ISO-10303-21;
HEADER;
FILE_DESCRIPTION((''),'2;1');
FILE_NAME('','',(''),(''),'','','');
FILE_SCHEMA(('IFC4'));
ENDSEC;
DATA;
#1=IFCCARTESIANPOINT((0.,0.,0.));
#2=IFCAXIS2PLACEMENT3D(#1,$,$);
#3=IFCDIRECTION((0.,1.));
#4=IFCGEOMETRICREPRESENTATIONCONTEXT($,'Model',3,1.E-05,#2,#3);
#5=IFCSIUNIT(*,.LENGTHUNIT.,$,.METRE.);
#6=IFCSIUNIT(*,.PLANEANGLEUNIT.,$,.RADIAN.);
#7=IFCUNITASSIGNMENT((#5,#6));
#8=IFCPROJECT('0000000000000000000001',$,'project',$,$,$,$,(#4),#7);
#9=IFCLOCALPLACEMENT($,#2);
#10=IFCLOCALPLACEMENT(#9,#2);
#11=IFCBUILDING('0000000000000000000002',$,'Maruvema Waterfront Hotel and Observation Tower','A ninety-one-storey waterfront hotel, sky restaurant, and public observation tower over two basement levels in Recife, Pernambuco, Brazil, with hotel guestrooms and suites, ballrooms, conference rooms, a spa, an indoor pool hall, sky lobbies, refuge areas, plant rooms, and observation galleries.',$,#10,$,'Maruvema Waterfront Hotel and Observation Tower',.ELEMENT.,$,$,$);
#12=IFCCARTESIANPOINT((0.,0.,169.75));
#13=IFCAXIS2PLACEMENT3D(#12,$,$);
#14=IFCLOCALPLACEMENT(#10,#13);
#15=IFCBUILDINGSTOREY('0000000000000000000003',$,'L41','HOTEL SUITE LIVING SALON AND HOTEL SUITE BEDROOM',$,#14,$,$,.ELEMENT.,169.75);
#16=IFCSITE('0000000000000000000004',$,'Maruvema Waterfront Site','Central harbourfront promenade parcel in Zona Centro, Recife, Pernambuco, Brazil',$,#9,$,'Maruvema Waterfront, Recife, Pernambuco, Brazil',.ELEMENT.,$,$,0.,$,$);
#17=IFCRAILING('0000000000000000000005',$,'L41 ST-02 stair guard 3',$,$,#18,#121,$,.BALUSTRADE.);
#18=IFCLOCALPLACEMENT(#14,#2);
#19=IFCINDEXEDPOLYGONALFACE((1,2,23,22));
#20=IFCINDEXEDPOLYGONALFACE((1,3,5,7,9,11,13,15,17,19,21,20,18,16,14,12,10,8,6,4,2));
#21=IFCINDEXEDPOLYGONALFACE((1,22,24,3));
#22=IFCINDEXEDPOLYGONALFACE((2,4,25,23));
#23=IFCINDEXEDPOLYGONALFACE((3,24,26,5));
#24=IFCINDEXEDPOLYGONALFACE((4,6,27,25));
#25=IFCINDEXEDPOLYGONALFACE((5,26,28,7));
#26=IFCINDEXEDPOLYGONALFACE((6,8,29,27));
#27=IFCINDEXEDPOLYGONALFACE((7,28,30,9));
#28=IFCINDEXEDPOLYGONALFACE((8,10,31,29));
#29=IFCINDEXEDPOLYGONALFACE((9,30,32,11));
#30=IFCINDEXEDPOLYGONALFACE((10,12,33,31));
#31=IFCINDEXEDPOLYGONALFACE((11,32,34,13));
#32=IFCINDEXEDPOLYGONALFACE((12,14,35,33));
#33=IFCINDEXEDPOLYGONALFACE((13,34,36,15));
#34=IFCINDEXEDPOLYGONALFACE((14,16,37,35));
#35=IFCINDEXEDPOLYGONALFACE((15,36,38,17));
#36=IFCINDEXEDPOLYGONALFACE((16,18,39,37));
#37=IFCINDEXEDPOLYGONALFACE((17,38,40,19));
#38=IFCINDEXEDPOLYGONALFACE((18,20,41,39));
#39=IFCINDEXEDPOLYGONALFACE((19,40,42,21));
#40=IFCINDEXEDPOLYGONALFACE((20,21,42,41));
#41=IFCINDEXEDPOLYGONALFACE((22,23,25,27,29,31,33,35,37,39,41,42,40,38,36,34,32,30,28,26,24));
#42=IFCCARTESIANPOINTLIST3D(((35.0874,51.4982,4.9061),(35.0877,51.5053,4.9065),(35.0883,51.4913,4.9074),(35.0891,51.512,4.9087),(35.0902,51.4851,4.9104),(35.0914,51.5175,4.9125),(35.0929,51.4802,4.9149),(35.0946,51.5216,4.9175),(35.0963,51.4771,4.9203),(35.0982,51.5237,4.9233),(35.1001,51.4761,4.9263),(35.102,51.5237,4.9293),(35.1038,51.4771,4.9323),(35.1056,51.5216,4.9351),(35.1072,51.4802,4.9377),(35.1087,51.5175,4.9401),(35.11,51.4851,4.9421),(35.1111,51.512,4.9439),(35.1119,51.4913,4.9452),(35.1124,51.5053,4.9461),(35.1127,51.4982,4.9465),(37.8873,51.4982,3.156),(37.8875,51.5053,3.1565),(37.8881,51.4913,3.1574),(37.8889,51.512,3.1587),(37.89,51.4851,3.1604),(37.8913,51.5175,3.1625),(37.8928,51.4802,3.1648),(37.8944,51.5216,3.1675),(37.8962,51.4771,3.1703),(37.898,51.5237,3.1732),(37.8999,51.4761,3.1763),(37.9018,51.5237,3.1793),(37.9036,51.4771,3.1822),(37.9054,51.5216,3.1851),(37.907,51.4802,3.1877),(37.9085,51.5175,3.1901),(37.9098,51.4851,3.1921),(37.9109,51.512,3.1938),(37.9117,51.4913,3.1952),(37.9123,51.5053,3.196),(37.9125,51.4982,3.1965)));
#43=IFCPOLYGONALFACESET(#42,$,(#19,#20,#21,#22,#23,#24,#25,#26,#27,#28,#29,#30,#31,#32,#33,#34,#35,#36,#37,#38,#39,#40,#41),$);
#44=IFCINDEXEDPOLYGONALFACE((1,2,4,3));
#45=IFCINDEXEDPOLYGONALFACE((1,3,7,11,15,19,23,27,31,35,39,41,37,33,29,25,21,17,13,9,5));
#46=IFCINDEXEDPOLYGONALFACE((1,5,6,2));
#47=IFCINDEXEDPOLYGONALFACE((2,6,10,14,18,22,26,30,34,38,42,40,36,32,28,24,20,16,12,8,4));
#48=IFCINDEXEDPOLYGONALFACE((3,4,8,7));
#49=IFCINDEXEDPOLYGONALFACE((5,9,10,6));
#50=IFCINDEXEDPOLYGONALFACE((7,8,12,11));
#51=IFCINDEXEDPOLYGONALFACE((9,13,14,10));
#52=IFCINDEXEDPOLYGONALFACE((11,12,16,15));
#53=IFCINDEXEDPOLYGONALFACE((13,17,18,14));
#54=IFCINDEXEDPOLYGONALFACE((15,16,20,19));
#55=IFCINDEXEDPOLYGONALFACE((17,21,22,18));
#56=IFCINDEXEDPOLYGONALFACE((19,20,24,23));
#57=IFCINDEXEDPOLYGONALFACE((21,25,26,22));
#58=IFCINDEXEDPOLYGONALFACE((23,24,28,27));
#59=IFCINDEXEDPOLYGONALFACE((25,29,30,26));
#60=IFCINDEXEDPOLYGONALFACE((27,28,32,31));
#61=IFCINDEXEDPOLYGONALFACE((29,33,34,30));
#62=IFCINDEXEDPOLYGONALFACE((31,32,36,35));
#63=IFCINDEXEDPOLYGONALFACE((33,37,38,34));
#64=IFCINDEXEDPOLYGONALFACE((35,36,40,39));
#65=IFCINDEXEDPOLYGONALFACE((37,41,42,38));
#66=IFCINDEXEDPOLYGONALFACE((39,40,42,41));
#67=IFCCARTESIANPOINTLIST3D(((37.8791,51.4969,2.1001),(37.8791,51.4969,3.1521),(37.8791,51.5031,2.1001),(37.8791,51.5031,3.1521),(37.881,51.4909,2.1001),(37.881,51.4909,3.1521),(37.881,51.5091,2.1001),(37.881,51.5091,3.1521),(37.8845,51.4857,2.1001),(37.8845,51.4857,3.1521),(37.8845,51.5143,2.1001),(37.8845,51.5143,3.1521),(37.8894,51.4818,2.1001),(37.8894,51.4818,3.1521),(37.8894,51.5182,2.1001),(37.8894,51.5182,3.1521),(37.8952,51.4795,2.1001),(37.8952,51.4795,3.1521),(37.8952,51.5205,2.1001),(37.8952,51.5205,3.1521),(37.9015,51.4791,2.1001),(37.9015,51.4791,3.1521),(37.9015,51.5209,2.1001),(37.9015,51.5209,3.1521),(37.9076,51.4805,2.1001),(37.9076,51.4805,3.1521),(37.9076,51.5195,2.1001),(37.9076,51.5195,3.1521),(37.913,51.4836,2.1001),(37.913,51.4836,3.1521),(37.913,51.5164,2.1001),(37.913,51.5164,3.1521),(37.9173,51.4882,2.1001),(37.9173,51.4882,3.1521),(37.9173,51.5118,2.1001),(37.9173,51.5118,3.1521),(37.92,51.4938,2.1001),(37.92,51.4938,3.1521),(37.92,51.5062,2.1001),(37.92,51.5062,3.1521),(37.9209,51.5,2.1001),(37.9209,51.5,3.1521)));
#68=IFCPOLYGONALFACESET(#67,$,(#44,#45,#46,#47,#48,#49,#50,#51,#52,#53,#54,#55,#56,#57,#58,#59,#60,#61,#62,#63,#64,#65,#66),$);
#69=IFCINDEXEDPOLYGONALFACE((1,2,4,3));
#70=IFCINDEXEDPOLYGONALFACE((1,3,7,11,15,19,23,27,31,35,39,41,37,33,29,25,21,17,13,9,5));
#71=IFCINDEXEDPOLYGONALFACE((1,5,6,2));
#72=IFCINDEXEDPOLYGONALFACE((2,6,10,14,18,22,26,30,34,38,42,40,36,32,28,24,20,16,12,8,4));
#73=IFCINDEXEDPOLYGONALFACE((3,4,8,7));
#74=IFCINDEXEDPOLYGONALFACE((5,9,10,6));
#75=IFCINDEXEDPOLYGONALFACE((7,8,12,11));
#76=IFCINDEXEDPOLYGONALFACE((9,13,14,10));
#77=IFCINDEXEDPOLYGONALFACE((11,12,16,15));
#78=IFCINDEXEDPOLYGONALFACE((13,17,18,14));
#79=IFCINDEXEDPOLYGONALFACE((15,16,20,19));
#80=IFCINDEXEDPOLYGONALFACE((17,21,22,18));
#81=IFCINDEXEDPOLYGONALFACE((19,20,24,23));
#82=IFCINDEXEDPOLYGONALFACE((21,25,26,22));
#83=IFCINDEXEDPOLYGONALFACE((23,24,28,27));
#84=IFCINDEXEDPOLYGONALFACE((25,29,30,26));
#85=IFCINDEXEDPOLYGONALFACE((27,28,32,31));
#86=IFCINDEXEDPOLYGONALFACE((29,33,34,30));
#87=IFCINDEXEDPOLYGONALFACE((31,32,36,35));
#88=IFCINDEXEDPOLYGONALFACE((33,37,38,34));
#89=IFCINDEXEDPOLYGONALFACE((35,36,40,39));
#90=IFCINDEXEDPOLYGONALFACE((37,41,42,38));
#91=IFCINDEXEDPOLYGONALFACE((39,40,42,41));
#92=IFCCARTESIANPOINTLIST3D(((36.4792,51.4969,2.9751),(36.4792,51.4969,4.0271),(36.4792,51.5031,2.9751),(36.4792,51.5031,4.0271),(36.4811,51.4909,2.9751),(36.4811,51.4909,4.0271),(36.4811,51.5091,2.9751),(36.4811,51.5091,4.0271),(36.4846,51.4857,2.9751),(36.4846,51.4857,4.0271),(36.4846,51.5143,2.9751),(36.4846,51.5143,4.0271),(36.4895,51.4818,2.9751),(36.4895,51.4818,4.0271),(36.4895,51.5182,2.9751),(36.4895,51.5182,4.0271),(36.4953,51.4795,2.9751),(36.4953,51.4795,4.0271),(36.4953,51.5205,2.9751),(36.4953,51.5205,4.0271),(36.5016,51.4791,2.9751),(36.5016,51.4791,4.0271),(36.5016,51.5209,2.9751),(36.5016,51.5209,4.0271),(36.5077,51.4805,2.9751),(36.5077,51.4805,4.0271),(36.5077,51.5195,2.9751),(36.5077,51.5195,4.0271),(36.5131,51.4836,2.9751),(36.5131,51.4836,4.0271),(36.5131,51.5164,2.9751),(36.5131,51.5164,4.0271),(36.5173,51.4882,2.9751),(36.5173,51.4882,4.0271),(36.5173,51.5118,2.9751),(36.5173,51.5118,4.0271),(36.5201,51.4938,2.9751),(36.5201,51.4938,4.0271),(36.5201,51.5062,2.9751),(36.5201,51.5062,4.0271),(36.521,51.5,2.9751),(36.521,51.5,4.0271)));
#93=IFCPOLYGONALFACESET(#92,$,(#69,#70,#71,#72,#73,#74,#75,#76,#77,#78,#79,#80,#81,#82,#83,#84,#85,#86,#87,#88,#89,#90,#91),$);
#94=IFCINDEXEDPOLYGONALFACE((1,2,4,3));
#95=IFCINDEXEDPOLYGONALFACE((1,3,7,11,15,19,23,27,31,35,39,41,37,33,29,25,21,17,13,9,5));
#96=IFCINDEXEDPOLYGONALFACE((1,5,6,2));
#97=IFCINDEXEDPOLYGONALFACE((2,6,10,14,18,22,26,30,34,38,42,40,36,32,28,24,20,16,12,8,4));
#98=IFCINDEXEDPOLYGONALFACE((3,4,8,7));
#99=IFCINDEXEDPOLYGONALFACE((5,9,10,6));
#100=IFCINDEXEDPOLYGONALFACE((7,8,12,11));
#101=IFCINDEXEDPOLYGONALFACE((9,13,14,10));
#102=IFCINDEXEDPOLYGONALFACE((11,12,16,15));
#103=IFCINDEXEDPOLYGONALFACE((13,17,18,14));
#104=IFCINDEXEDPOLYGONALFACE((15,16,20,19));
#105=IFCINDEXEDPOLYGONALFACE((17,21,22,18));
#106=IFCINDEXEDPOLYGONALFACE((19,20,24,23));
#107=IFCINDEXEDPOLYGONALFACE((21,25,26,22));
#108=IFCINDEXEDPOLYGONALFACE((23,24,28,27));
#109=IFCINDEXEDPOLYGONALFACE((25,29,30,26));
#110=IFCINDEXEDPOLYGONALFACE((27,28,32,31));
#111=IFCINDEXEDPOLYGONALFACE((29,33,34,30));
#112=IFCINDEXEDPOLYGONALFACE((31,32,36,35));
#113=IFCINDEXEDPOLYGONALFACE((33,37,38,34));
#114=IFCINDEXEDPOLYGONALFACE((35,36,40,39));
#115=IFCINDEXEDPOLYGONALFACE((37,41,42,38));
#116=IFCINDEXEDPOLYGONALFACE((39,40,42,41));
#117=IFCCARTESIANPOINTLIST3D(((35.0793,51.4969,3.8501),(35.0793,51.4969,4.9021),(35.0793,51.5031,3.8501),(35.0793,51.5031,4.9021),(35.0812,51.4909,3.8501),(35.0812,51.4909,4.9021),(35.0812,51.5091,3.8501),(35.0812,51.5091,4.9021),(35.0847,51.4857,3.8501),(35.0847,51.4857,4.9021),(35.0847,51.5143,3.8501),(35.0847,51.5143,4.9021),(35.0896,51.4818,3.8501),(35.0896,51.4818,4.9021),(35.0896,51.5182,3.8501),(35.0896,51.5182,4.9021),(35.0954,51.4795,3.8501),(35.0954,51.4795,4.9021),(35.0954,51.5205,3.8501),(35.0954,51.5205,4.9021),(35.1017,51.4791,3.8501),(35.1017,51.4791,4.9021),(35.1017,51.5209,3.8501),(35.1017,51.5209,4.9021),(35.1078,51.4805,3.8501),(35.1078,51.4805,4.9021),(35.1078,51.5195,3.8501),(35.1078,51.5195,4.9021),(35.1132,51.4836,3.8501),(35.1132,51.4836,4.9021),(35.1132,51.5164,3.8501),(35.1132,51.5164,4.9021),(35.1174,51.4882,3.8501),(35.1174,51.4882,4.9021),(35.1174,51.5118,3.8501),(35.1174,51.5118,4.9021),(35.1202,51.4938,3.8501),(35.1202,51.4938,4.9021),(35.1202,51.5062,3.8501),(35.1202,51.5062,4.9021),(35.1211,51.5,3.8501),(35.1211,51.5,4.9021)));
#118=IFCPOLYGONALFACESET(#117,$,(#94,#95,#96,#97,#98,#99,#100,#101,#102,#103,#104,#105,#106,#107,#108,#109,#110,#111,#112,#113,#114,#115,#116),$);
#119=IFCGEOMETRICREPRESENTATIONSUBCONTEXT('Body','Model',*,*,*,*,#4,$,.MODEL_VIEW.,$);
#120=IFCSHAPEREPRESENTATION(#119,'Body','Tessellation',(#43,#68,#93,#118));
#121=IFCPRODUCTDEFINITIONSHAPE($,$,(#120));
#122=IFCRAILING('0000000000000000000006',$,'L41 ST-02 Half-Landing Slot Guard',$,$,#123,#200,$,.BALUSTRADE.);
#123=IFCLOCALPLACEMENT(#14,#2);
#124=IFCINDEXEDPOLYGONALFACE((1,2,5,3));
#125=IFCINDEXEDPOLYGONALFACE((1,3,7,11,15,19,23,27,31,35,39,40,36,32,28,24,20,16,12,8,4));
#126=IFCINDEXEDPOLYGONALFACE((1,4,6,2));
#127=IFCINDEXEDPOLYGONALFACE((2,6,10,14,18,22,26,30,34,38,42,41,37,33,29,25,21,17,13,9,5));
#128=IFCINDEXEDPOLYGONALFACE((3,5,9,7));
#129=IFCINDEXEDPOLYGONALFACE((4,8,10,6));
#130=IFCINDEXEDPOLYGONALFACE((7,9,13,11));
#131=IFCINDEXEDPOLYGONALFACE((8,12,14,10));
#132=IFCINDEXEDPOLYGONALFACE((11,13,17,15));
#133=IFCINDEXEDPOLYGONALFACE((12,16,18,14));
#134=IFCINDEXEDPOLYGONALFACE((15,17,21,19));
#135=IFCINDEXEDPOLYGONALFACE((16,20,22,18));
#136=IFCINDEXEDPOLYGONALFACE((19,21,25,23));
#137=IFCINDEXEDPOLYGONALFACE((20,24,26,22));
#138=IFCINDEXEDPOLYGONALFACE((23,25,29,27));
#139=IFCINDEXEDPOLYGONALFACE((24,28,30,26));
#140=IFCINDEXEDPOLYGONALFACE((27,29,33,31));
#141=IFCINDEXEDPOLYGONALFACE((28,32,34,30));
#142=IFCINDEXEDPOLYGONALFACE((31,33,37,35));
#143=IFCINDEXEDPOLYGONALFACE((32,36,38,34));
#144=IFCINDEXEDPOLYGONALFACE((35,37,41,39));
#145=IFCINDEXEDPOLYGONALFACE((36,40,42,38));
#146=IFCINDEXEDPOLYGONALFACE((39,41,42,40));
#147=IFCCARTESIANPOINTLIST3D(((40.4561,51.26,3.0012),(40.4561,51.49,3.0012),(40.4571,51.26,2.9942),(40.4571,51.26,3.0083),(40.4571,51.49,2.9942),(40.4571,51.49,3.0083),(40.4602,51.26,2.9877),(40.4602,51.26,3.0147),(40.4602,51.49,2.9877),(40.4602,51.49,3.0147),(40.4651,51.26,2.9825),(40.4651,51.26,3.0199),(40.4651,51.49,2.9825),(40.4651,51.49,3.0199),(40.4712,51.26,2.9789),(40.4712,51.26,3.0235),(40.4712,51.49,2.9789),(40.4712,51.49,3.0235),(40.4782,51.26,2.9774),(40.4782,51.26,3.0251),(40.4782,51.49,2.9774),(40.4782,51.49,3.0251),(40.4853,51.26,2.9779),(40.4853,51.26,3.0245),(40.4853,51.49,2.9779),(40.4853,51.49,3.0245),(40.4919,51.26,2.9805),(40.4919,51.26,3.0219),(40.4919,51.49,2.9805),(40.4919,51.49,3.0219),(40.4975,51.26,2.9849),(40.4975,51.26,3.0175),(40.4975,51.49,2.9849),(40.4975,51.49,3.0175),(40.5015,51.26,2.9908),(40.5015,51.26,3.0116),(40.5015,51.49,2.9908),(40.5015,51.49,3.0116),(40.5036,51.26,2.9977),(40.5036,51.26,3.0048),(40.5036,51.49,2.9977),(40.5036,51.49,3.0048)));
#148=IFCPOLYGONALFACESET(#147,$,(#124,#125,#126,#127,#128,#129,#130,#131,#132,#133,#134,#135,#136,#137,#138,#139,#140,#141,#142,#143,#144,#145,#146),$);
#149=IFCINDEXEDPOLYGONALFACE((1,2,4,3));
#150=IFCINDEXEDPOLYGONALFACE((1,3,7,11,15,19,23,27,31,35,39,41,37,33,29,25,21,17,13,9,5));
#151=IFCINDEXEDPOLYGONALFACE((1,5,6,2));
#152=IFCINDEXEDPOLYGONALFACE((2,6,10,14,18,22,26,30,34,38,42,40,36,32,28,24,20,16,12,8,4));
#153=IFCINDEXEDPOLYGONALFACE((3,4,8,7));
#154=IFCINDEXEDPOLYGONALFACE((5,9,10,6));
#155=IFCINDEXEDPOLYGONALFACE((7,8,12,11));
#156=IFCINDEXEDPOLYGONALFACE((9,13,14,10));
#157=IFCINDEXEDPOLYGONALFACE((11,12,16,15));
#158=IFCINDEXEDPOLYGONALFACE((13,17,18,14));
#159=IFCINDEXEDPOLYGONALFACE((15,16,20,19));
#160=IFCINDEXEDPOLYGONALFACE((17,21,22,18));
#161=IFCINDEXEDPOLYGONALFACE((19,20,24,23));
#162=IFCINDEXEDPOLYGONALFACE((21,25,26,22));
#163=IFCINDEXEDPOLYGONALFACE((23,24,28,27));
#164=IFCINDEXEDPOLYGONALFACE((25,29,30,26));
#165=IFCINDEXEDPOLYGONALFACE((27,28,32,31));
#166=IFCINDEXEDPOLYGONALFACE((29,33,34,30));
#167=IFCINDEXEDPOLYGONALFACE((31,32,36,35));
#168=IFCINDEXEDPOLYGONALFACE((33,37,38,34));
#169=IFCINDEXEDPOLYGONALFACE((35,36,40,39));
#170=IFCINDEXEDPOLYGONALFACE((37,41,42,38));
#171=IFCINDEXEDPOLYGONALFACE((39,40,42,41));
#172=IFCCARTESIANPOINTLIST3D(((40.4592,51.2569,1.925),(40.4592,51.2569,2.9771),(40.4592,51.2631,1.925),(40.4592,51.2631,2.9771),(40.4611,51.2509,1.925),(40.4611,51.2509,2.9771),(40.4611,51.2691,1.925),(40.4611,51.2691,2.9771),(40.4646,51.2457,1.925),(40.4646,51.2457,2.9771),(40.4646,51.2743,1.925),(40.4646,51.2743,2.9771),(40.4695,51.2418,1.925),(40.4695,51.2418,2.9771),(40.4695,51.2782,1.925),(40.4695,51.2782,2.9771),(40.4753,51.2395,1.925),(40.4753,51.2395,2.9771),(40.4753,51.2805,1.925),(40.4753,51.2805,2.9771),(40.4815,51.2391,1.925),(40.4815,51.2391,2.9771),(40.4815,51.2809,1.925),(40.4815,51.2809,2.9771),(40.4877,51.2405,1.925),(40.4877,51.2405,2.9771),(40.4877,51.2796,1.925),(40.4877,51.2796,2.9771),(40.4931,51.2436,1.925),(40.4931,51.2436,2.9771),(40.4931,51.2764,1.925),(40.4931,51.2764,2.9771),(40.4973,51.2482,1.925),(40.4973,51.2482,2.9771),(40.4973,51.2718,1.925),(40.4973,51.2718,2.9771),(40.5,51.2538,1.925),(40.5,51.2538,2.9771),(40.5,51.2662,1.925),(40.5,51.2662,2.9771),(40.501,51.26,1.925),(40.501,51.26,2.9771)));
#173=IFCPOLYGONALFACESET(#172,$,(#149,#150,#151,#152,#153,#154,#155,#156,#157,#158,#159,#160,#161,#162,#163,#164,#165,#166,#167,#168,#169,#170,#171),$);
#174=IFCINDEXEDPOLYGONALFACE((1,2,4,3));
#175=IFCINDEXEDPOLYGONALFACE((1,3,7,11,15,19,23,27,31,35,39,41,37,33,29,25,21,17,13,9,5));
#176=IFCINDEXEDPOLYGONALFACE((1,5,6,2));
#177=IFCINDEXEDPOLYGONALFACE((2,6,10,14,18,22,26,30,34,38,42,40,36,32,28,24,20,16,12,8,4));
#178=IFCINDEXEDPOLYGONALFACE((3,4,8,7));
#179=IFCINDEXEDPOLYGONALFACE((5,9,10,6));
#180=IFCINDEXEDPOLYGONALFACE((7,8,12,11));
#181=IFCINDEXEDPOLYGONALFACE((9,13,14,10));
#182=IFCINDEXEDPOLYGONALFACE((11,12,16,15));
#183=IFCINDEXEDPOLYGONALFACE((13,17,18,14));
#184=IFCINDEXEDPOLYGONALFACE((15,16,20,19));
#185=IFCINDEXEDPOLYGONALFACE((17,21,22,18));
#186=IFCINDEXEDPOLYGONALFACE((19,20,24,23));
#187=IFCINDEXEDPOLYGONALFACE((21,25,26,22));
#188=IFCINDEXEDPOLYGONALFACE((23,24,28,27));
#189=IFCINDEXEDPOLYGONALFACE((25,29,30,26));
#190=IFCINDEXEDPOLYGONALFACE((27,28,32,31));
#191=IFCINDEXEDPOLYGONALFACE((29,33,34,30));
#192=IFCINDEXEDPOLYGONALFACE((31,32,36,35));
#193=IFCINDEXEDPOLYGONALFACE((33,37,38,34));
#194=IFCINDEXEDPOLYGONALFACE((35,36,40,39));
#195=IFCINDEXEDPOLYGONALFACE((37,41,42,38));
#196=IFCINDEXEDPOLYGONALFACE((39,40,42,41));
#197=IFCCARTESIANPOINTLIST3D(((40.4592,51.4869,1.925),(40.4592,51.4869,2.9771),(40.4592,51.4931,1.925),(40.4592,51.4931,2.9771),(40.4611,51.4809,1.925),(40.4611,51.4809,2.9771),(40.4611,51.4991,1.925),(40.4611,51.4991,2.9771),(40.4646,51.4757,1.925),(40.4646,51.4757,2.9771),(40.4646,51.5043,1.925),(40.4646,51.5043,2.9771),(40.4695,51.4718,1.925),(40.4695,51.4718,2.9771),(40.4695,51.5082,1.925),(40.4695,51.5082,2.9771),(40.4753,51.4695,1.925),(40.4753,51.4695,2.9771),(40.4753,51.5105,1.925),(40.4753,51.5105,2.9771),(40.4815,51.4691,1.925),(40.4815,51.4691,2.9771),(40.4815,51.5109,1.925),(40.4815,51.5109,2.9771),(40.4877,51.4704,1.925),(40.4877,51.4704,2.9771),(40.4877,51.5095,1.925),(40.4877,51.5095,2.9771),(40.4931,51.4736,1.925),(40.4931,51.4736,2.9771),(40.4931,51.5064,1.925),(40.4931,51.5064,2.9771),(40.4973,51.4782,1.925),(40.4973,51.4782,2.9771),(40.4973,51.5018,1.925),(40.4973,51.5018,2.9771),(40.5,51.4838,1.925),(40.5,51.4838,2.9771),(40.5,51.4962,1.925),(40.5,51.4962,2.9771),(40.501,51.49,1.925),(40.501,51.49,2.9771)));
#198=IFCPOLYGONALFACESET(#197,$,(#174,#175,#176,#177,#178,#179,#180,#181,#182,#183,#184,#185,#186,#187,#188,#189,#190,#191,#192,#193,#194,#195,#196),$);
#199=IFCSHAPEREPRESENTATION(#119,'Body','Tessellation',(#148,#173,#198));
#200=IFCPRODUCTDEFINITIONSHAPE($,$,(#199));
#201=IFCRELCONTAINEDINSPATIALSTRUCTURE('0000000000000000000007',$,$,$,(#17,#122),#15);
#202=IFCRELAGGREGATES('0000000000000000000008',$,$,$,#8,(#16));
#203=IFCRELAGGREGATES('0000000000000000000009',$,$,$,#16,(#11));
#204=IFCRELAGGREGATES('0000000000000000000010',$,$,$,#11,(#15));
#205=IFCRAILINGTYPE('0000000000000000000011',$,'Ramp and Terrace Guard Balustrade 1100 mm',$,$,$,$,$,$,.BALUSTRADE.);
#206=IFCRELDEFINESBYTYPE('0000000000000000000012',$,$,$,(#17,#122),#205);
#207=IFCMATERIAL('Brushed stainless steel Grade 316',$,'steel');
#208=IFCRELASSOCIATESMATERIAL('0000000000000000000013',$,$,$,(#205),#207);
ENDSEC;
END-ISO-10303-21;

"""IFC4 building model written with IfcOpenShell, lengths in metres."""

from ifc_helpers import new_model, si_unit, direction, frame, origin, origin_2d, place, context, subcontext, project, spatial, circle, extrude, material, type_object, element, save


model = new_model("IFC4")

# Units and contexts
model_context = context("Model", 3, precision=1e-05, world=origin(), true_north=direction((0.0, 1.0)))
body_context = subcontext(model_context, "Body", "Model", "MODEL_VIEW")
ifc_project = project(units=[si_unit("LENGTHUNIT", "METRE"), si_unit("PLANEANGLEUNIT", "RADIAN")], contexts=[model_context])

# Site, building, storey
site_placement = place(None, origin())
site = spatial("IfcSite", under=ifc_project, at=site_placement, Name="Maruvema Waterfront Site", Description="Central harbourfront promenade parcel in Zona Centro, Recife, Pernambuco, Brazil", LongName="Maruvema Waterfront, Recife, Pernambuco, Brazil", CompositionType="ELEMENT", RefElevation=0.0)
building_placement = place(site_placement, origin())
building = spatial("IfcBuilding", under=site, at=building_placement, Name="Maruvema Waterfront Hotel and Observation Tower", Description="A ninety-one-storey waterfront hotel, sky restaurant, and public observation tower over two basement levels in Recife, Pernambuco, Brazil, with hotel guestrooms and suites, ballrooms, conference rooms, a spa, an indoor pool hall, sky lobbies, refuge areas, plant rooms, and observation galleries.", LongName="Maruvema Waterfront Hotel and Observation Tower", CompositionType="ELEMENT")
storey_placement = place(building_placement, frame((0.0, 0.0, 169.75)))
storey = spatial("IfcBuildingStorey", under=building, at=storey_placement, Name="L41", Description="HOTEL SUITE LIVING SALON AND HOTEL SUITE BEDROOM", CompositionType="ELEMENT", Elevation=169.75)

# Railings
ifc_material_1 = material(Name="Brushed stainless steel Grade 316", Category="steel")
railing_type_1 = type_object("IfcRailingType", Name="Ramp and Terrace Guard Balustrade 1100 mm", PredefinedType="BALUSTRADE", material=ifc_material_1)
railing_1_placement = place(storey_placement, frame((37.8999, 51.5, 2.1001)))
element("IfcRailing", 1, at=railing_1_placement, inside=storey, type_object=railing_type_1, Name="L41 ST-02 stair guard 3", PredefinedType="BALUSTRADE", context=body_context, shape_type="SweptSolid", body=[
    extrude(circle(Radius=0.0239, at=origin_2d()), frame((0.0, 0.0, 1.0762), z_axis=(-0.847982, 0.0, 0.530026), x_axis=(0.0, -1.0, 0.0)), (0.0, 0.0, 1.0), 3.3018),
    extrude(circle(Radius=0.021, at=origin_2d()), origin(), (0.0, 0.0, 1.0), 1.052),
    extrude(circle(Radius=0.021, at=origin_2d()), frame((-1.3999, 0.0, 0.875)), (0.0, 0.0, 1.0), 1.052),
    extrude(circle(Radius=0.021, at=origin_2d()), frame((-2.7998, 0.0, 1.75)), (0.0, 0.0, 1.0), 1.052),
])
railing_2_placement = place(storey_placement, frame((40.48, 51.26, 1.925)))
element("IfcRailing", 2, at=railing_2_placement, inside=storey, type_object=railing_type_1, Name="L41 ST-02 Half-Landing Slot Guard", PredefinedType="BALUSTRADE", context=body_context, shape_type="SweptSolid", body=[
    extrude(circle(Radius=0.0239, at=origin_2d()), frame((0.0, 0.0, 1.0762), z_axis=(0.0, 1.0, 0.0), x_axis=(-1.0, 0.0, 0.0)), (0.0, 0.0, 1.0), 0.23),
    extrude(circle(Radius=0.021, at=origin_2d()), origin(), (0.0, 0.0, 1.0), 1.052),
    extrude(circle(Radius=0.021, at=origin_2d()), frame((0.0, 0.23, 0.0)), (0.0, 0.0, 1.0), 1.052),
])

save(model, "model.ifc")
